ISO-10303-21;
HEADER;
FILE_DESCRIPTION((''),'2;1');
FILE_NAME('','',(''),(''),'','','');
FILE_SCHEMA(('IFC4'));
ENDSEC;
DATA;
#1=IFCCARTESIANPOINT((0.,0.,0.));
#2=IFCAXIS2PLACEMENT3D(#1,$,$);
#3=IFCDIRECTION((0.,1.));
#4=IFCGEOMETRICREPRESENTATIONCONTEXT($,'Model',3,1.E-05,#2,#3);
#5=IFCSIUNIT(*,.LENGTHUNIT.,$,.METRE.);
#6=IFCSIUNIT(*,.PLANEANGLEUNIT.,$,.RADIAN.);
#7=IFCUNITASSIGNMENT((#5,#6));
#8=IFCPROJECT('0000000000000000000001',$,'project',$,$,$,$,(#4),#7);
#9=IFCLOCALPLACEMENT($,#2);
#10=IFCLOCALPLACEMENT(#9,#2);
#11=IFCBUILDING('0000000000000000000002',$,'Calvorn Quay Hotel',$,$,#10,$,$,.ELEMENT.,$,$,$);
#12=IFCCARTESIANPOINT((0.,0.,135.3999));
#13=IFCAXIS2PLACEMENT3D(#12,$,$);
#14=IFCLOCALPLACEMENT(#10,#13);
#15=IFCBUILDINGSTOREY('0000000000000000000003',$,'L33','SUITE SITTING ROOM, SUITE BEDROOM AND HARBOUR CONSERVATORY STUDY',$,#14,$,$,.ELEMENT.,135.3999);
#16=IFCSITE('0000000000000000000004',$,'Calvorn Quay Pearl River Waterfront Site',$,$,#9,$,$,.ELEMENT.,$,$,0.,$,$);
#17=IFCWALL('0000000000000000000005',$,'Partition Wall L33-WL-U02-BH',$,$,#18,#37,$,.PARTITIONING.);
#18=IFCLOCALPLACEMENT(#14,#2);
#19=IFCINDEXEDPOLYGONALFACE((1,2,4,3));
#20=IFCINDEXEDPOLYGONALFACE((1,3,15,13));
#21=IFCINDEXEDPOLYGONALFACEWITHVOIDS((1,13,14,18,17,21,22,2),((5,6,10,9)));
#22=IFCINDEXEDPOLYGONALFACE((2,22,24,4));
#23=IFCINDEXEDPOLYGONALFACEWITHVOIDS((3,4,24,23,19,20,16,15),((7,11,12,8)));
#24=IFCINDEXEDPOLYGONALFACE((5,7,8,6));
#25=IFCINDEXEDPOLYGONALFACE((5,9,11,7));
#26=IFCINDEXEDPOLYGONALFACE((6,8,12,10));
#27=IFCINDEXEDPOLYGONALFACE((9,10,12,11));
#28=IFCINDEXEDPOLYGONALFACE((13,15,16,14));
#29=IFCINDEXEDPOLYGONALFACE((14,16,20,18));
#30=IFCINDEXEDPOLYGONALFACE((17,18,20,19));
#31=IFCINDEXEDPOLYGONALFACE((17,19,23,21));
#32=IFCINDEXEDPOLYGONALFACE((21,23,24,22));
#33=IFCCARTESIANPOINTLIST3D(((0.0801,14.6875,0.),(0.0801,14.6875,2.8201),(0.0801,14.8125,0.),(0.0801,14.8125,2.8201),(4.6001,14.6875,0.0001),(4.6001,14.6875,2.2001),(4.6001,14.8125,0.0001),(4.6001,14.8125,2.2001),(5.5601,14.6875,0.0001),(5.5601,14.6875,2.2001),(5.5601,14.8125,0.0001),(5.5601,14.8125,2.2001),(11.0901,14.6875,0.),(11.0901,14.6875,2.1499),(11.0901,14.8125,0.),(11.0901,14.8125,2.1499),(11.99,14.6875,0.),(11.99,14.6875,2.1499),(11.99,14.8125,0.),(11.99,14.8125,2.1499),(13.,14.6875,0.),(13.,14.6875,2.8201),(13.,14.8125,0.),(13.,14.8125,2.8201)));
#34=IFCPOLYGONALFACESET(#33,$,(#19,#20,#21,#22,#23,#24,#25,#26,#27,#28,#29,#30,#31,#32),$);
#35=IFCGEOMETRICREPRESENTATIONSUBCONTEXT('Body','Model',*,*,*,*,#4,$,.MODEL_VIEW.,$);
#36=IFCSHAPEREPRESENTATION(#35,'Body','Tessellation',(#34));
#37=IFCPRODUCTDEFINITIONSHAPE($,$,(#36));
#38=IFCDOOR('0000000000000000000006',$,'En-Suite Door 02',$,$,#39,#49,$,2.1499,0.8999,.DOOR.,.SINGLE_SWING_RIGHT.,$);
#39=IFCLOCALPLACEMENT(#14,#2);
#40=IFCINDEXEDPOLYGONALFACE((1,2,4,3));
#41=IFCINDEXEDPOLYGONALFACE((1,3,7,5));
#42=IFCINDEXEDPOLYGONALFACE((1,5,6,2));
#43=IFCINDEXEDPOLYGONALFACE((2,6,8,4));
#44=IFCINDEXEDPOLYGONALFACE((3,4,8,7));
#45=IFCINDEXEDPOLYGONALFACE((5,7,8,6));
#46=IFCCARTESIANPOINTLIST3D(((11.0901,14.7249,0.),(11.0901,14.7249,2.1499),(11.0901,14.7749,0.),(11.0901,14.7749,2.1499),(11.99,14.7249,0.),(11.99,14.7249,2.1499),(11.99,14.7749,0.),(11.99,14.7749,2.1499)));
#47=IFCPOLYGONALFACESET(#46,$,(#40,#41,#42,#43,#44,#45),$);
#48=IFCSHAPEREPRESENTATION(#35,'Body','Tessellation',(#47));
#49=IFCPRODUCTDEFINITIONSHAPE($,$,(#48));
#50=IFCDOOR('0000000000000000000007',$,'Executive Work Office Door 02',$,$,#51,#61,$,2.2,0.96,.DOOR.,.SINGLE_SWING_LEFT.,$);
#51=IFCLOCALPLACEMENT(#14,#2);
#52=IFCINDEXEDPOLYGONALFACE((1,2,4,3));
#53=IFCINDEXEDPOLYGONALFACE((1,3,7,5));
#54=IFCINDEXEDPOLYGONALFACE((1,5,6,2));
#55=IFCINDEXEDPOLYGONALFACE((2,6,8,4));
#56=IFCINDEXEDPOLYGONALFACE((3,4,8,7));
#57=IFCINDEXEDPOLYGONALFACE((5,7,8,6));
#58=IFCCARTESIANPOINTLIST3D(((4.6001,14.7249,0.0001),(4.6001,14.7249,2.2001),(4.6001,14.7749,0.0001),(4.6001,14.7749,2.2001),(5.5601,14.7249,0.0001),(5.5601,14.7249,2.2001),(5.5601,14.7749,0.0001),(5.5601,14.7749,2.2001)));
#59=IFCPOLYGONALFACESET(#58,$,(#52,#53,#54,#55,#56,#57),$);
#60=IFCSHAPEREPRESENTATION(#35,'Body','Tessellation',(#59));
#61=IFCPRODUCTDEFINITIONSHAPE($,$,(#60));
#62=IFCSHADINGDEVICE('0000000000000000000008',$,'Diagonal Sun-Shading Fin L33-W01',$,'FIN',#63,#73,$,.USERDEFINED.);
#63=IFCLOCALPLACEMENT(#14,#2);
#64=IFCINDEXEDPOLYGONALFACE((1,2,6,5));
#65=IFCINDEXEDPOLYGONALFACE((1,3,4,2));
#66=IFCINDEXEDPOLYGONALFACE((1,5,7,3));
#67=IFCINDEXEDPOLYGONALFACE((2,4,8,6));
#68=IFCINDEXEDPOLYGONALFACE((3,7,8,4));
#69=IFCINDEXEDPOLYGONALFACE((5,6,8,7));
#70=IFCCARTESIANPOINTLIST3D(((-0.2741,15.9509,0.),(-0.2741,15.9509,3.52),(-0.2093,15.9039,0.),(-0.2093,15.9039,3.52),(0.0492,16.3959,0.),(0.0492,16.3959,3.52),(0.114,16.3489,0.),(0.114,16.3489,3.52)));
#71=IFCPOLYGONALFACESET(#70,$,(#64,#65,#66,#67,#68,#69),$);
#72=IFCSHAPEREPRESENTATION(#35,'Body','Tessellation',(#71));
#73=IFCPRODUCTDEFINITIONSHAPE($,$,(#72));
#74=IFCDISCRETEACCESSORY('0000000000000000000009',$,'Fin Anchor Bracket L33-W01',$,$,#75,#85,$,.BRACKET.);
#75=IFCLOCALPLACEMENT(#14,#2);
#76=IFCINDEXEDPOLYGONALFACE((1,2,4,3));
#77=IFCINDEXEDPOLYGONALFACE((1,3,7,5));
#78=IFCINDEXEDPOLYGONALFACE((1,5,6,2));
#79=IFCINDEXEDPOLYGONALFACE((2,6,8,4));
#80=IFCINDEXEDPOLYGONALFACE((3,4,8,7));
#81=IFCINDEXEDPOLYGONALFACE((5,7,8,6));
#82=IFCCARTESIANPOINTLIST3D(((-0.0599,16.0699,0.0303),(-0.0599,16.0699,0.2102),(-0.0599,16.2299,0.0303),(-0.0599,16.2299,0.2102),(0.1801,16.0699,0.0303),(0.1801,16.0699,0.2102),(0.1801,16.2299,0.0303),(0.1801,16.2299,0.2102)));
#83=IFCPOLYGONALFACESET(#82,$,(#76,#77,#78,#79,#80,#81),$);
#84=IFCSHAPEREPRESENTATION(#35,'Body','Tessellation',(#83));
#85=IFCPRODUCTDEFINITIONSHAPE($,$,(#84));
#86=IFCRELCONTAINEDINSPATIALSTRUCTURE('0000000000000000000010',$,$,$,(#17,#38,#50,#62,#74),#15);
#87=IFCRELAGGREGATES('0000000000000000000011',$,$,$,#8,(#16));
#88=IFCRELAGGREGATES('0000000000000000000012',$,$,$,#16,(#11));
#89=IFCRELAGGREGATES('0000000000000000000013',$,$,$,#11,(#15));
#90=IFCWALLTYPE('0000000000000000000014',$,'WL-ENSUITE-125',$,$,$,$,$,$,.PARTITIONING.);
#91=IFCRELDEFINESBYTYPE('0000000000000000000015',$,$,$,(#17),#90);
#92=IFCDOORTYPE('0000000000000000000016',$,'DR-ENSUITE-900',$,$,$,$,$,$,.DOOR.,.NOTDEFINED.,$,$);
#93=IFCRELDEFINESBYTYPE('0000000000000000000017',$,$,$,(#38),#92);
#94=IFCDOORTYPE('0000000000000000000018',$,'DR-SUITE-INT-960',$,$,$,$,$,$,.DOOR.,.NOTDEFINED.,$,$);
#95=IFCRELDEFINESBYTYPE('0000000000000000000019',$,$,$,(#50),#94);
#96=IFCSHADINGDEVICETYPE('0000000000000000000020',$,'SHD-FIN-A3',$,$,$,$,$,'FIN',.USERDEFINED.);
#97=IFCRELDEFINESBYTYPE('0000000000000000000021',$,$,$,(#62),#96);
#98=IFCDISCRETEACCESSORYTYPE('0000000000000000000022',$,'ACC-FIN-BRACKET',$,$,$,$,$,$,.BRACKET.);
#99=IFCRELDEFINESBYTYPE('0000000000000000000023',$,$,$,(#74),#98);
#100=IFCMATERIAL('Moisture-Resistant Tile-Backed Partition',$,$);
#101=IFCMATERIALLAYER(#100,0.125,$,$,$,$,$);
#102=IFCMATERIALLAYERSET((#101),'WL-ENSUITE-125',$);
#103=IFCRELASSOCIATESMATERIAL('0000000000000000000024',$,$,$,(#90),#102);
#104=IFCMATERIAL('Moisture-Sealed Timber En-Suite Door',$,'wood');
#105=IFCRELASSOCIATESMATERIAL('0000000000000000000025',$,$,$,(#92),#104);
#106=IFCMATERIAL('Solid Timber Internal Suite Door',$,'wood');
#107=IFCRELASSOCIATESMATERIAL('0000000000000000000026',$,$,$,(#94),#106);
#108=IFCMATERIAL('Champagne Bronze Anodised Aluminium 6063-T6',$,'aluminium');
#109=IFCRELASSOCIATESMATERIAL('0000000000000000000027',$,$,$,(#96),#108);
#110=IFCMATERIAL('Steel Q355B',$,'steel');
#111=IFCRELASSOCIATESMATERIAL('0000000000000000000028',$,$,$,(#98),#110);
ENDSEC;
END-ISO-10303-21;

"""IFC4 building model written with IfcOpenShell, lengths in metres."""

from ifc_helpers import new_model, si_unit, direction, frame, frame_2d, origin, origin_2d, place, context, subcontext, project, spatial, rectangle, extrude, material, layer, layer_set, type_object, element, fill, save


model = new_model("IFC4")

# Units and contexts
model_context = context("Model", 3, precision=1e-05, world=origin(), true_north=direction((0.0, 1.0)))
body_context = subcontext(model_context, "Body", "Model", "MODEL_VIEW")
ifc_project = project(units=[si_unit("LENGTHUNIT", "METRE"), si_unit("PLANEANGLEUNIT", "RADIAN")], contexts=[model_context])

# Site, building, storey
site_placement = place(None, origin())
site = spatial("IfcSite", under=ifc_project, at=site_placement, Name="Calvorn Quay Pearl River Waterfront Site", CompositionType="ELEMENT", RefElevation=0.0)
building_placement = place(site_placement, origin())
building = spatial("IfcBuilding", under=site, at=building_placement, Name="Calvorn Quay Hotel", CompositionType="ELEMENT")
storey_placement = place(building_placement, frame((0.0, 0.0, 135.3999)))
storey = spatial("IfcBuildingStorey", under=building, at=storey_placement, Name="L33", Description="SUITE SITTING ROOM, SUITE BEDROOM AND HARBOUR CONSERVATORY STUDY", CompositionType="ELEMENT", Elevation=135.3999)

# Wall, openings, doors
ifc_material_1 = material(Name="Moisture-Resistant Tile-Backed Partition")
ifc_layer_1 = layer(ifc_material_1, 0.125)
ifc_layer_set_1 = layer_set([ifc_layer_1], Name="WL-ENSUITE-125")
wall_type_1 = type_object("IfcWallType", Name="WL-ENSUITE-125", PredefinedType="PARTITIONING", material=ifc_layer_set_1)
wall_1_placement = place(storey_placement, frame((0.0801, 14.75, 0.0), z_axis=(0.0, 0.0, 1.0), x_axis=(1.0, 0.0, 0.0)))
wall_1 = element("IfcWall", 1, at=wall_1_placement, inside=storey, type_object=wall_type_1, Name="Partition Wall L33-WL-U02-BH", PredefinedType="PARTITIONING", context=body_context, shape_type="SweptSolid", body=[
    extrude(rectangle(XDim=12.9199, YDim=0.125, at=frame_2d((6.46, 0.0))), origin(), (0.0, 0.0, 1.0), 2.8201),
])
opening_1_placement = place(wall_1_placement, frame((4.52, 0.0, 0.0)))
opening_1 = element("IfcOpeningElement", 2, at=opening_1_placement, cuts=wall_1, PredefinedType="OPENING", context=body_context, shape_type="SweptSolid", body=[
    extrude(rectangle(XDim=0.96, YDim=2.2, at=frame_2d((0.48, 1.1001))), frame((0.0, 0.0725, 0.0), z_axis=(0.0, -1.0, 0.0), x_axis=(1.0, 0.0, 0.0)), (0.0, 0.0, 1.0), 0.145),
])
opening_2_placement = place(wall_1_placement, frame((11.01, 0.0, 0.0)))
opening_2 = element("IfcOpeningElement", 3, at=opening_2_placement, cuts=wall_1, PredefinedType="OPENING", context=body_context, shape_type="SweptSolid", body=[
    extrude(rectangle(XDim=0.8999, YDim=2.1499, at=frame_2d((0.45, 1.075))), frame((0.0, 0.0725, 0.0), z_axis=(0.0, -1.0, 0.0), x_axis=(1.0, 0.0, 0.0)), (0.0, 0.0, 1.0), 0.145),
])
ifc_material_2 = material(Name="Moisture-Sealed Timber En-Suite Door", Category="wood")
door_type_1 = type_object("IfcDoorType", Name="DR-ENSUITE-900", OperationType="NOTDEFINED", PredefinedType="DOOR", material=ifc_material_2)
door_1_placement = place(opening_2_placement, origin())
door_1 = element("IfcDoor", 4, at=door_1_placement, inside=storey, type_object=door_type_1, Name="En-Suite Door 02", OperationType="SINGLE_SWING_RIGHT", OverallHeight=2.1499, OverallWidth=0.8999, PredefinedType="DOOR", context=body_context, shape_type="SweptSolid", body=[
    extrude(rectangle(XDim=0.8999, YDim=2.1499, at=frame_2d((0.45, 1.075))), frame((0.0, 0.0249, 0.0), z_axis=(0.0, -1.0, 0.0), x_axis=(1.0, 0.0, 0.0)), (0.0, 0.0, 1.0), 0.05),
])
fill(opening_2, door_1)
ifc_material_3 = material(Name="Solid Timber Internal Suite Door", Category="wood")
door_type_2 = type_object("IfcDoorType", Name="DR-SUITE-INT-960", OperationType="NOTDEFINED", PredefinedType="DOOR", material=ifc_material_3)
door_2_placement = place(opening_1_placement, origin())
door_2 = element("IfcDoor", 5, at=door_2_placement, inside=storey, type_object=door_type_2, Name="Executive Work Office Door 02", OperationType="SINGLE_SWING_LEFT", OverallHeight=2.2, OverallWidth=0.96, PredefinedType="DOOR", context=body_context, shape_type="SweptSolid", body=[
    extrude(rectangle(XDim=0.96, YDim=2.2, at=frame_2d((0.48, 1.1001))), frame((0.0, 0.0249, 0.0), z_axis=(0.0, -1.0, 0.0), x_axis=(1.0, 0.0, 0.0)), (0.0, 0.0, 1.0), 0.05),
])
fill(opening_1, door_2)

# Shading device
ifc_material_4 = material(Name="Champagne Bronze Anodised Aluminium 6063-T6", Category="aluminium")
shading_device_type = type_object("IfcShadingDeviceType", Name="SHD-FIN-A3", ElementType="FIN", PredefinedType="USERDEFINED", material=ifc_material_4)
shading_device_placement = place(storey_placement, frame((-0.0801, 16.1499, 0.0), z_axis=(0.0, 0.0, 1.0), x_axis=(0.587785, 0.809017, 0.0)))
element("IfcShadingDevice", 6, at=shading_device_placement, inside=storey, type_object=shading_device_type, Name="Diagonal Sun-Shading Fin L33-W01", ObjectType="FIN", PredefinedType="USERDEFINED", context=body_context, shape_type="SweptSolid", body=[
    extrude(rectangle(XDim=0.55, YDim=0.0801, at=origin_2d()), origin(), (0.0, 0.0, 1.0), 3.52),
])

# Discrete accessory
ifc_material_5 = material(Name="Steel Q355B", Category="steel")
discrete_accessory_type = type_object("IfcDiscreteAccessoryType", Name="ACC-FIN-BRACKET", PredefinedType="BRACKET", material=ifc_material_5)
discrete_accessory_placement = place(storey_placement, frame((0.0601, 16.1499, 0.0303), z_axis=(0.0, 0.0, 1.0), x_axis=(1.0, 0.0, 0.0)))
element("IfcDiscreteAccessory", 7, at=discrete_accessory_placement, inside=storey, type_object=discrete_accessory_type, Name="Fin Anchor Bracket L33-W01", PredefinedType="BRACKET", context=body_context, shape_type="SweptSolid", body=[
    extrude(rectangle(XDim=0.24, YDim=0.1599, at=origin_2d()), origin(), (0.0, 0.0, 1.0), 0.1799),
])

save(model, "model.ifc")
